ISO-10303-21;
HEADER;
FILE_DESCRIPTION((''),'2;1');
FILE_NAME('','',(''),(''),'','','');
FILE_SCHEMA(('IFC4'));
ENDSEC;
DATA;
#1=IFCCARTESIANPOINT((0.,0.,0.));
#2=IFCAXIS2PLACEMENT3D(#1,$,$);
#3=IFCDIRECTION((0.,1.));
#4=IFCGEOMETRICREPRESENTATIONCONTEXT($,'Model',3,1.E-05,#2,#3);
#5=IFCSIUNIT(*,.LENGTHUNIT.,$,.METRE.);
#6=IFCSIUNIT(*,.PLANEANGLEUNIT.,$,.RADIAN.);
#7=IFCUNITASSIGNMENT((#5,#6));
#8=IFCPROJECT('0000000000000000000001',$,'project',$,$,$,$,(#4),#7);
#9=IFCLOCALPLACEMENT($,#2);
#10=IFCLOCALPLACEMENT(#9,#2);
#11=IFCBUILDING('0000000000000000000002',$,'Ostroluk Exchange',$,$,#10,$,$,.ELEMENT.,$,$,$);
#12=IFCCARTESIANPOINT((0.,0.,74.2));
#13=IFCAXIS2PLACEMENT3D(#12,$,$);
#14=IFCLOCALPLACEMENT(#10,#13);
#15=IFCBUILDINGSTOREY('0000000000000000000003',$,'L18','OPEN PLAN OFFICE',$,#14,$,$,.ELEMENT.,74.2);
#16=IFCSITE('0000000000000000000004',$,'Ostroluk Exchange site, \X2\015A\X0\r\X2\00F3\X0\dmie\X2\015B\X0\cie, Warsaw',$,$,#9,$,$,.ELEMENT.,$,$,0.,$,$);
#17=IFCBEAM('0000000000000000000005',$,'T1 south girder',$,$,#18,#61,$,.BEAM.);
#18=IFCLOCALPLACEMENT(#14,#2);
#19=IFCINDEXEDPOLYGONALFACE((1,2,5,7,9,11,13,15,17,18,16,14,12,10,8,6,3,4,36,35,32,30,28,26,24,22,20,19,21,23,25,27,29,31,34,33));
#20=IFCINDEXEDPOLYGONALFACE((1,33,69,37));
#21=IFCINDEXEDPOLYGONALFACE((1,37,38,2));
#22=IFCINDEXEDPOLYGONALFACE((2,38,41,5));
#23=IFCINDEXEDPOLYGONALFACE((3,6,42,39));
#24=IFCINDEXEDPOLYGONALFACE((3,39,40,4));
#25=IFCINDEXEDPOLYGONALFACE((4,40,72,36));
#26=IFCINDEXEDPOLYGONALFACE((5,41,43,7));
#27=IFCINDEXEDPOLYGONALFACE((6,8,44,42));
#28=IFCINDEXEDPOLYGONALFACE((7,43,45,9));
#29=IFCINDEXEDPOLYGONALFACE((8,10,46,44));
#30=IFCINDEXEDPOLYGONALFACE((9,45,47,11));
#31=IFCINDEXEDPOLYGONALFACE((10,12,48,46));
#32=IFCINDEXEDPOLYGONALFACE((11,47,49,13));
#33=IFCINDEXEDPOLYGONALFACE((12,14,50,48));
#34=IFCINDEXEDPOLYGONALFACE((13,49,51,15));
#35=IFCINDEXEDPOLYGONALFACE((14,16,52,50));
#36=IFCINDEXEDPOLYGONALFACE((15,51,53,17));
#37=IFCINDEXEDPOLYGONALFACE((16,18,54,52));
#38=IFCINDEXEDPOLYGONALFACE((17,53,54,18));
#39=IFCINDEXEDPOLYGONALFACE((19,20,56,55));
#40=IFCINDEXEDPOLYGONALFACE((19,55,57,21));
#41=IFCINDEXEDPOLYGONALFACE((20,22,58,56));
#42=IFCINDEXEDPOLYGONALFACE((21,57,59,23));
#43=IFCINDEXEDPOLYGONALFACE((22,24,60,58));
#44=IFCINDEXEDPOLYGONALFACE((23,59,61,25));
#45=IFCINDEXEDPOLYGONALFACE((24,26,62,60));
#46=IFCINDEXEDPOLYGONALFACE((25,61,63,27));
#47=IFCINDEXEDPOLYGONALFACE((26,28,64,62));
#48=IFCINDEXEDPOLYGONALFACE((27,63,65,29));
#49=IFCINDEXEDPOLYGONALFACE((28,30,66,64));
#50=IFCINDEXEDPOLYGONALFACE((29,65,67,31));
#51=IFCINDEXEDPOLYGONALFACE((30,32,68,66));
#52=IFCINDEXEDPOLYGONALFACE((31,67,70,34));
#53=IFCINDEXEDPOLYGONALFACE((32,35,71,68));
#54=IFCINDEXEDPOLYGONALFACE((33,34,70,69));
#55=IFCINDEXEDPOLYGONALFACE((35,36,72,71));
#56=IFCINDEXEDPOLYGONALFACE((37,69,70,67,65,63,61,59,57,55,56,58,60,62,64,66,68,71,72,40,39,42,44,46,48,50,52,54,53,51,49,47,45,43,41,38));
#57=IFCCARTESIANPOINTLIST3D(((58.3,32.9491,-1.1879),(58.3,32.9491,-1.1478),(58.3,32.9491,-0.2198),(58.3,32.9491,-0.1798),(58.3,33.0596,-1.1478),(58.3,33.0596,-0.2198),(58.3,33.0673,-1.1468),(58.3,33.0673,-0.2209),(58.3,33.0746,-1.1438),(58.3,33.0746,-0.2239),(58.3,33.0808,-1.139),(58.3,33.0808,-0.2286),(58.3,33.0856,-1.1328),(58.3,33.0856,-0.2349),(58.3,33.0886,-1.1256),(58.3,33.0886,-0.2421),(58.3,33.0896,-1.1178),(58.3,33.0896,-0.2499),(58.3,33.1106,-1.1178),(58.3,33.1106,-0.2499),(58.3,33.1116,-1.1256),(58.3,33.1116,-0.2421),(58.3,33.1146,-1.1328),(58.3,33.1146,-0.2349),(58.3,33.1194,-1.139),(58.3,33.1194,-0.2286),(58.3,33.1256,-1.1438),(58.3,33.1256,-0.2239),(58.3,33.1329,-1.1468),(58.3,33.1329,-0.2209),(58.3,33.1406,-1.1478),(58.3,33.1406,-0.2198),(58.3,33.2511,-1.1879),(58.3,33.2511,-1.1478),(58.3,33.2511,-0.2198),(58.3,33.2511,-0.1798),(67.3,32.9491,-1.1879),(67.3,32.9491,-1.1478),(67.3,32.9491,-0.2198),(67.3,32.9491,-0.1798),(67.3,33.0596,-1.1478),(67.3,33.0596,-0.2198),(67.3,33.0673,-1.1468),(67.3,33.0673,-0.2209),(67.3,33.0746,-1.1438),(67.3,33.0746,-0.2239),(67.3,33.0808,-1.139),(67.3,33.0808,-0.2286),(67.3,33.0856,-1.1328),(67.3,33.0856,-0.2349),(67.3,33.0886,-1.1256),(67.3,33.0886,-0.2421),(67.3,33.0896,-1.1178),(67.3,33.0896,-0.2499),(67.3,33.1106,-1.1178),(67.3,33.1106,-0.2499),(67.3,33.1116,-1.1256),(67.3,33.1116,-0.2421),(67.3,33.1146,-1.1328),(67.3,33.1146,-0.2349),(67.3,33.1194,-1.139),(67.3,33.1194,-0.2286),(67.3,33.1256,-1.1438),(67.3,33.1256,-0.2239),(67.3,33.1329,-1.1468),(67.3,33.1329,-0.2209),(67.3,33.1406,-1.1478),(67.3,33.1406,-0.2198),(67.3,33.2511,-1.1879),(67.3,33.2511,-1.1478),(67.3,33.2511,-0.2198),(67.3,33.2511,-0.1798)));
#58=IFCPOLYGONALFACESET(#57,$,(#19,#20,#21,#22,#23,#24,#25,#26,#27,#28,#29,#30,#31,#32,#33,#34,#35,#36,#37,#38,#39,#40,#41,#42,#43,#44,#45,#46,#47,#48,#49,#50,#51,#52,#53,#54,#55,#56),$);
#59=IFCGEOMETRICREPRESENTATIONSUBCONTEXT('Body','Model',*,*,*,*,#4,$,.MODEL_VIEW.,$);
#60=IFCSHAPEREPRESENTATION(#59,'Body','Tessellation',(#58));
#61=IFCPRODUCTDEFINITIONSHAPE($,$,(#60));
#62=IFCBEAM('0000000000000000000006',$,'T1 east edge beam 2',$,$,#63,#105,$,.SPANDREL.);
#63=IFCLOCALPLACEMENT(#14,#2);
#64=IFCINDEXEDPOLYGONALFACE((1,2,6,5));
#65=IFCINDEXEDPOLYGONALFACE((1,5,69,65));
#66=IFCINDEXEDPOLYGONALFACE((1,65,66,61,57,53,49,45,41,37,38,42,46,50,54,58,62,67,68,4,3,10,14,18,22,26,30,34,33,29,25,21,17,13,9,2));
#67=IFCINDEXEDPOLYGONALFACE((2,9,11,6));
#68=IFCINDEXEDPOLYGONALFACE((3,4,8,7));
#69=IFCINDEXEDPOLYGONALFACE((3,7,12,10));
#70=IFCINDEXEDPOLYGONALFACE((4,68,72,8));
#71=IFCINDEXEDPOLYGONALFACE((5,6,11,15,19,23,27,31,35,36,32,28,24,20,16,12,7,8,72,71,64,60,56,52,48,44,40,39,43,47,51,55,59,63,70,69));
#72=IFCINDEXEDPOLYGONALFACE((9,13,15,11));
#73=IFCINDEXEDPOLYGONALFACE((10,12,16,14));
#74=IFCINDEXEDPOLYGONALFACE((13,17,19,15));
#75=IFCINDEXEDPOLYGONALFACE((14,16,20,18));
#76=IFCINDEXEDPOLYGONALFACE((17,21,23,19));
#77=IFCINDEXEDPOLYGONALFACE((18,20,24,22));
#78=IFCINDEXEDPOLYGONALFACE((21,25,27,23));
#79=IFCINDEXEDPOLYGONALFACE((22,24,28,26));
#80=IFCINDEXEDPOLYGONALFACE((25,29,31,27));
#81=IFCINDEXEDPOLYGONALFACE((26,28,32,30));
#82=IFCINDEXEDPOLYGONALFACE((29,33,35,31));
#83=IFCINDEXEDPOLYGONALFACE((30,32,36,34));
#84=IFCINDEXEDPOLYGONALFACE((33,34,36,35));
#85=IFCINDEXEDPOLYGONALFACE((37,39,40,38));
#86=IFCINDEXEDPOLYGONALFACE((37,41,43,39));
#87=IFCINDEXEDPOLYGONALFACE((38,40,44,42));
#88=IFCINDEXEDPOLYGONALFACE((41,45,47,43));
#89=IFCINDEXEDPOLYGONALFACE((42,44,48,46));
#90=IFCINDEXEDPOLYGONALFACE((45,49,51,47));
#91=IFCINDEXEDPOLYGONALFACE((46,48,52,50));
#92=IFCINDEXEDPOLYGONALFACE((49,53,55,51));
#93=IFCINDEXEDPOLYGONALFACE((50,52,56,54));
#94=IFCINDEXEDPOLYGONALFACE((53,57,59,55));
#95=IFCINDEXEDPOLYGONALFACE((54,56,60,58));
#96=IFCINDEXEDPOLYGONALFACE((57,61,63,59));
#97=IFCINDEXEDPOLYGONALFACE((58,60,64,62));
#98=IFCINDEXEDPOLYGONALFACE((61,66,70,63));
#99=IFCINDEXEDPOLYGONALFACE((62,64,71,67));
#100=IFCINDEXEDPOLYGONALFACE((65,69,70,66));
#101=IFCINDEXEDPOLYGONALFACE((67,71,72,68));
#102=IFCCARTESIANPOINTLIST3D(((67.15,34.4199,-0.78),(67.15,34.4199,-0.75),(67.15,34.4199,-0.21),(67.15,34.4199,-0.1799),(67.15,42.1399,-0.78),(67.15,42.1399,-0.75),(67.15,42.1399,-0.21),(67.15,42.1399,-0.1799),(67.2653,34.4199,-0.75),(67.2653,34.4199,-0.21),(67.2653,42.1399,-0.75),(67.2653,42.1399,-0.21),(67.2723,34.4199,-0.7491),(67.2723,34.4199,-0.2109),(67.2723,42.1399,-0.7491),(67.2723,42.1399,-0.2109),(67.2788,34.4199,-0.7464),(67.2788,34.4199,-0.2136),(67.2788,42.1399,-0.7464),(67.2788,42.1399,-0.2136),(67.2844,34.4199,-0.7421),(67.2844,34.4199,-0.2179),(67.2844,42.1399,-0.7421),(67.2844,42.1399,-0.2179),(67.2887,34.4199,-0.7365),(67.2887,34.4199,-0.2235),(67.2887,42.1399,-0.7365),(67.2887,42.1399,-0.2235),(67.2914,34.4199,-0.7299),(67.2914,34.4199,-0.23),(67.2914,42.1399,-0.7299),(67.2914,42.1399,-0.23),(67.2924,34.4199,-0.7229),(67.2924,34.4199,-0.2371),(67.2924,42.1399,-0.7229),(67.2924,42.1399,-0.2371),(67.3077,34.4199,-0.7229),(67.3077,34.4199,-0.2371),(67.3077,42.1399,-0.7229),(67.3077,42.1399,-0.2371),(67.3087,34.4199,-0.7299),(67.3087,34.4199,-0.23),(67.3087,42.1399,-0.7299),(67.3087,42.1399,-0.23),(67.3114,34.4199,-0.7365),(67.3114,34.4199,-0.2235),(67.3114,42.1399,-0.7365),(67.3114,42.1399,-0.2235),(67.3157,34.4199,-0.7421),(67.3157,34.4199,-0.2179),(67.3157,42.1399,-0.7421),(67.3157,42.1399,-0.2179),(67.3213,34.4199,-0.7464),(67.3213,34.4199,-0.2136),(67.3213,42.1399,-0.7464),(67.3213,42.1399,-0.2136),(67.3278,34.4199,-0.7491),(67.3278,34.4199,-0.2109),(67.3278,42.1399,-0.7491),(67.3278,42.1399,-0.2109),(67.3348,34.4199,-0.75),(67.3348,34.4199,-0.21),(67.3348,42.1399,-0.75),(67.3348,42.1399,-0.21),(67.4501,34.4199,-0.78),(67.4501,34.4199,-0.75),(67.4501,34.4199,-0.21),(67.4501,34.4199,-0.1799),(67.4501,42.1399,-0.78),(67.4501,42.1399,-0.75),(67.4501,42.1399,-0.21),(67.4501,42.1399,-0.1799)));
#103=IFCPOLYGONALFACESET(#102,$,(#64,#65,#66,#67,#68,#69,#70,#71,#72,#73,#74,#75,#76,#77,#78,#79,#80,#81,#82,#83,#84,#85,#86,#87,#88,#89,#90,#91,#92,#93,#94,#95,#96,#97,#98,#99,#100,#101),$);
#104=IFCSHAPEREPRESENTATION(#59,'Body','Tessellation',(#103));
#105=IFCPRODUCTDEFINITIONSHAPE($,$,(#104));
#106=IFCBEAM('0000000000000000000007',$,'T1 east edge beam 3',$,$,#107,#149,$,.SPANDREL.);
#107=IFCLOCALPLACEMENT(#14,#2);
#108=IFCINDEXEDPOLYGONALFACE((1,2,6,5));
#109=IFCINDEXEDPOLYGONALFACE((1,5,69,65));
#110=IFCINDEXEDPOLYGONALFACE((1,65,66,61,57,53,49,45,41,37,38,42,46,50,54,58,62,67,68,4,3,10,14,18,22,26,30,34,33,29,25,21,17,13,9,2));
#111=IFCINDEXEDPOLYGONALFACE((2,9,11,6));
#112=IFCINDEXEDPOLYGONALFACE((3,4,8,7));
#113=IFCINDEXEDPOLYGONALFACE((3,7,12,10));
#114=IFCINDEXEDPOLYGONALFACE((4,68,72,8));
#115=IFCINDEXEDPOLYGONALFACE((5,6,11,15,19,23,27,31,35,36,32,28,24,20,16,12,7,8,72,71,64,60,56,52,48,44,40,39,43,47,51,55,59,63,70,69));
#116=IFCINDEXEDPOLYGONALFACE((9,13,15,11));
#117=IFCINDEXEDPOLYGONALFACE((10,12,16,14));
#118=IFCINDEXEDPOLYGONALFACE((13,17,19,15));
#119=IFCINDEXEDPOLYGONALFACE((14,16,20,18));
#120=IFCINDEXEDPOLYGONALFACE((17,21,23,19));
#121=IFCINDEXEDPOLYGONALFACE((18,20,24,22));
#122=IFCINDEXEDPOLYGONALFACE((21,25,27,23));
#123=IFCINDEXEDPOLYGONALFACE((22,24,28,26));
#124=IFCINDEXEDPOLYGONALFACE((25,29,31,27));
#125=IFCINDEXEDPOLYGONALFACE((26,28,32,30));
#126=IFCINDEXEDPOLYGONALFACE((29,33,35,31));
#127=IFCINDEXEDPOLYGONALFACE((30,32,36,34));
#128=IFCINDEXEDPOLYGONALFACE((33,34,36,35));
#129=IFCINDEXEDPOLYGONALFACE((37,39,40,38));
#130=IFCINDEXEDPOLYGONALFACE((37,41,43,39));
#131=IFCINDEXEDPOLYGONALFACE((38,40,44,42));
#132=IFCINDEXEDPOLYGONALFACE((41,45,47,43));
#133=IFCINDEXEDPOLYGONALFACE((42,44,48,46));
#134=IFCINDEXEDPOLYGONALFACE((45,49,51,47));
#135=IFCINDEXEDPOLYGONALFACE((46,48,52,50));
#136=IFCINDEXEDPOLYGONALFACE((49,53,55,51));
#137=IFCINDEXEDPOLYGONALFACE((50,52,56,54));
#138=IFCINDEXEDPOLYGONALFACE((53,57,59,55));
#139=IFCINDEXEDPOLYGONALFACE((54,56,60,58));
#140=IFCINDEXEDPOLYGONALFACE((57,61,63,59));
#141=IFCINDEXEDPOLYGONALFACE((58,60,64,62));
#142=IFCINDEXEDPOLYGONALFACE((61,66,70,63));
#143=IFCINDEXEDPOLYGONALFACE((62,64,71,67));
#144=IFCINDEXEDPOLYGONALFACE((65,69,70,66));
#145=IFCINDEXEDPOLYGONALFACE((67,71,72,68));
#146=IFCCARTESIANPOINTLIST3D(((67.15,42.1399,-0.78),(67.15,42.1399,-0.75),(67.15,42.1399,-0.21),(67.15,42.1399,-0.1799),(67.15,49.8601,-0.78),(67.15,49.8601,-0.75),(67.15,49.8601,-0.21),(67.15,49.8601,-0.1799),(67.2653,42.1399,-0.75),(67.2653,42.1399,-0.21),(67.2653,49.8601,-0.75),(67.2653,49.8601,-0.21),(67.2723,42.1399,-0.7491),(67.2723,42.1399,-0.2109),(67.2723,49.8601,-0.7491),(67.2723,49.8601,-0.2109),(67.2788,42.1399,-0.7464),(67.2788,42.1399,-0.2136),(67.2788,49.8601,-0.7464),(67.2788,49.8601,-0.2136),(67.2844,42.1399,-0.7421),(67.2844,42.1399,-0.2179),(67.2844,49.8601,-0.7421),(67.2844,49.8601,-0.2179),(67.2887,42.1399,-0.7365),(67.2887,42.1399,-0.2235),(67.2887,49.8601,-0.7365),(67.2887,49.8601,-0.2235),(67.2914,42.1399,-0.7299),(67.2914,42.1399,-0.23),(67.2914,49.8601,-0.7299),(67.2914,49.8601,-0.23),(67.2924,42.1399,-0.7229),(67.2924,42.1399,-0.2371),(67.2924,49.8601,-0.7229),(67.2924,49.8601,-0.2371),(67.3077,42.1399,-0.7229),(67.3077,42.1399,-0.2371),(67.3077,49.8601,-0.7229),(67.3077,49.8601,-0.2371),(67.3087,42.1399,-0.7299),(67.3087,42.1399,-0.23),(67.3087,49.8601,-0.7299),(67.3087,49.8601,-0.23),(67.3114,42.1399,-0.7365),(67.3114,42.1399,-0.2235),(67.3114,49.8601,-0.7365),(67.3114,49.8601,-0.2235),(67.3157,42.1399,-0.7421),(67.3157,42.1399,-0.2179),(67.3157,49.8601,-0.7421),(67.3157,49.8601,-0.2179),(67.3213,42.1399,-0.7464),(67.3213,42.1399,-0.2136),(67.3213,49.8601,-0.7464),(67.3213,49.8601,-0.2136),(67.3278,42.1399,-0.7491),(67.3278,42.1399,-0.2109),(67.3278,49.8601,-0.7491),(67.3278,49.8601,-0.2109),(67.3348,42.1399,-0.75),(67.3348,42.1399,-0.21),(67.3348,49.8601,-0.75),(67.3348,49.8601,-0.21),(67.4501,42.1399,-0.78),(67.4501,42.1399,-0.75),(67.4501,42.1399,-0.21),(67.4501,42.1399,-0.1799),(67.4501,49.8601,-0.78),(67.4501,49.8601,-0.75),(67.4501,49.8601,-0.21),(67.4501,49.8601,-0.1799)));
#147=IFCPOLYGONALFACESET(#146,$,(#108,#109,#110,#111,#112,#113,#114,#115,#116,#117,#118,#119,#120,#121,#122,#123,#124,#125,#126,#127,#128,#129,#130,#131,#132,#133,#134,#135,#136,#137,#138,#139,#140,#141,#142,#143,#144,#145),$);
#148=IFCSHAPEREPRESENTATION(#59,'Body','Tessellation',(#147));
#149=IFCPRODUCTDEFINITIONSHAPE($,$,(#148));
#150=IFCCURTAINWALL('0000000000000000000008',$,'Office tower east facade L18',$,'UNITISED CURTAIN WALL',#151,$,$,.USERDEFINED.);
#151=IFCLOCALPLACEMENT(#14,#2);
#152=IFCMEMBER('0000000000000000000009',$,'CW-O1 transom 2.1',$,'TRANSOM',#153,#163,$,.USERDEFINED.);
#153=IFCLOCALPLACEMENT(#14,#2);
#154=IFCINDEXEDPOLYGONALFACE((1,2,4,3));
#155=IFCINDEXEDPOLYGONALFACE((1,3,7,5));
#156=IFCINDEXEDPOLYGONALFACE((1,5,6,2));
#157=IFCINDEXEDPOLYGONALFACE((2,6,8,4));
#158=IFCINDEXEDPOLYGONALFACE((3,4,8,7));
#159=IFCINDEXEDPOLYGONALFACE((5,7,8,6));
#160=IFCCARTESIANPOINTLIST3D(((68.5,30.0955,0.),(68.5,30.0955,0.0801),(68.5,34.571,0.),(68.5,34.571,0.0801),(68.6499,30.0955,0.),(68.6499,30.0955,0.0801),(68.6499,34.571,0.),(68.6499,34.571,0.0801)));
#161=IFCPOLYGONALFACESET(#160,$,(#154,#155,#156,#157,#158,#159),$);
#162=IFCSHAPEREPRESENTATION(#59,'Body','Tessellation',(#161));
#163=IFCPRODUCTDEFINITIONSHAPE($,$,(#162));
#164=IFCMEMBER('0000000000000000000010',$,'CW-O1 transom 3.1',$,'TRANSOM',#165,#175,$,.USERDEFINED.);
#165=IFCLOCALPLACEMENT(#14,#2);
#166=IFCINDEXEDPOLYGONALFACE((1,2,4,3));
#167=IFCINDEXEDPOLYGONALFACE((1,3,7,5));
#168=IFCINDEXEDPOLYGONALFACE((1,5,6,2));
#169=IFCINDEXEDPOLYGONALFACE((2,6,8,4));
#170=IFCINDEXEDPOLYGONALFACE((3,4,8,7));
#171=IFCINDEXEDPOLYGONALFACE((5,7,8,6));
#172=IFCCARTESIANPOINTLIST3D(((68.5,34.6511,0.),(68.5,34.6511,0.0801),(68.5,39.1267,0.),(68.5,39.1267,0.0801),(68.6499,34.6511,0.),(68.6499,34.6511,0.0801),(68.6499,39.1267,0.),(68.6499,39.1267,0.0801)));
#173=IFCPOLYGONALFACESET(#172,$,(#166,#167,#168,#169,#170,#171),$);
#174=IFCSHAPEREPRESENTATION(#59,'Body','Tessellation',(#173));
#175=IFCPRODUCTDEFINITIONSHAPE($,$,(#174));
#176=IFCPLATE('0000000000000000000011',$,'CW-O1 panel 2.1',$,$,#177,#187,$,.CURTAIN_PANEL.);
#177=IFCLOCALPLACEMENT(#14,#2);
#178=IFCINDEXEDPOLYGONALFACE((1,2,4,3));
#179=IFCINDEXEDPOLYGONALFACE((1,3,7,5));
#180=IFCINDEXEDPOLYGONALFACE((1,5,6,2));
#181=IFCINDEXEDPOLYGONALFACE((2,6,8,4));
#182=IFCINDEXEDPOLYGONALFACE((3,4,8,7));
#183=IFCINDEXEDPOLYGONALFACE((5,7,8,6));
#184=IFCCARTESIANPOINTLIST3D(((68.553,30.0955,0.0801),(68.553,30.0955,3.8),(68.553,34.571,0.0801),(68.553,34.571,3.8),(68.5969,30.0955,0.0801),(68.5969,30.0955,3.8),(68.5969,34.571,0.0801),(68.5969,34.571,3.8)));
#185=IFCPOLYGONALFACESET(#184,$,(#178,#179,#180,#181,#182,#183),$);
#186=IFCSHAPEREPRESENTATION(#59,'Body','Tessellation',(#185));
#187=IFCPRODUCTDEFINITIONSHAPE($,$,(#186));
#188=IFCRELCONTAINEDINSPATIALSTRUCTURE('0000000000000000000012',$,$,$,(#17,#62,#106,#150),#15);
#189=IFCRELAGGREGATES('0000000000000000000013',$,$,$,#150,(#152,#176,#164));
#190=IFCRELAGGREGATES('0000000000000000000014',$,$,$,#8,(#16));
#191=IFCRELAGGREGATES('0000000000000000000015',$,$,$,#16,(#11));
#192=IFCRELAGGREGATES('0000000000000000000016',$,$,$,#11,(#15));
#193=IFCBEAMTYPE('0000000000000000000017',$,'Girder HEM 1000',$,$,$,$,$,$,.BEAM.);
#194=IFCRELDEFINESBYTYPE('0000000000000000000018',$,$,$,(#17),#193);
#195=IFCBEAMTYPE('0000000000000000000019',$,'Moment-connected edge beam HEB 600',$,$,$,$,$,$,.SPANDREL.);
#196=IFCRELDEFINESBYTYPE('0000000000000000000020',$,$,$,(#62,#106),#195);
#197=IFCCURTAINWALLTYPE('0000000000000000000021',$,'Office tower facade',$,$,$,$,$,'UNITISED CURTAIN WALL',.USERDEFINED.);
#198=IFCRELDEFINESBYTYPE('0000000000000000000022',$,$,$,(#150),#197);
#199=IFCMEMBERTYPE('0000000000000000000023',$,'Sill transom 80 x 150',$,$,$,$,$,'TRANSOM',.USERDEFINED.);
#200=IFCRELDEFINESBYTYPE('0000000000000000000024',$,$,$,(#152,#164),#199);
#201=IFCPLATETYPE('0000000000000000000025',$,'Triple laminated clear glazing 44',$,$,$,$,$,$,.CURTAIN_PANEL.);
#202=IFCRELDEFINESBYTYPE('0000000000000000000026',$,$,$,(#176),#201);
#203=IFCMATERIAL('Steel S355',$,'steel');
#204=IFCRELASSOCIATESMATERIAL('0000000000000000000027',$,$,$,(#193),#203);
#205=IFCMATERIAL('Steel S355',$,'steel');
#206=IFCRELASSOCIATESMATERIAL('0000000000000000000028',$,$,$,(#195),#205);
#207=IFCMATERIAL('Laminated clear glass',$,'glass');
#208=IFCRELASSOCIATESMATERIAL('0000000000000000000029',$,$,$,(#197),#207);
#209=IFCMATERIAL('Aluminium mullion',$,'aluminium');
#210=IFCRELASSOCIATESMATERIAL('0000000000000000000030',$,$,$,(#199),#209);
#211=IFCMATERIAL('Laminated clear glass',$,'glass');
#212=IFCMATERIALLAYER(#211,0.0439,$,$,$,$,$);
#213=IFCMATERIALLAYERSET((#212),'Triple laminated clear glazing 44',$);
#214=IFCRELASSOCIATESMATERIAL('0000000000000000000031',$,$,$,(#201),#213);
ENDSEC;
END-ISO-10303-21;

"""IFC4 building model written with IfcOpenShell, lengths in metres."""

from ifc_helpers import new_model, si_unit, direction, frame, origin, origin_2d, place, context, subcontext, project, spatial, rectangle, i_section, extrude, material, layer, layer_set, material_profile, profile_set, type_object, element, aggregate, save


model = new_model("IFC4")

# Units and contexts
model_context = context("Model", 3, precision=1e-05, world=origin(), true_north=direction((0.0, 1.0)))
body_context = subcontext(model_context, "Body", "Model", "MODEL_VIEW")
ifc_project = project(units=[si_unit("LENGTHUNIT", "METRE"), si_unit("PLANEANGLEUNIT", "RADIAN")], contexts=[model_context])

# Site, building, storey
site_placement = place(None, origin())
site = spatial("IfcSite", under=ifc_project, at=site_placement, Name="Ostroluk Exchange site, Śródmieście, Warsaw", CompositionType="ELEMENT", RefElevation=0.0)
building_placement = place(site_placement, origin())
building = spatial("IfcBuilding", under=site, at=building_placement, Name="Ostroluk Exchange", CompositionType="ELEMENT")
storey_placement = place(building_placement, frame((0.0, 0.0, 74.2)))
storey = spatial("IfcBuildingStorey", under=building, at=storey_placement, Name="L18", Description="OPEN PLAN OFFICE", CompositionType="ELEMENT", Elevation=74.2)

# Beams
ifc_material_1 = material(Name="Steel S355", Category="steel")
ifc_material_profile_1 = material_profile(ifc_material_1, i_section(OverallWidth=0.302, OverallDepth=1.0081, WebThickness=0.021, FlangeThickness=0.04, FilletRadius=0.03, at=origin_2d()), Name="HEM 1000")
ifc_profile_set_1 = profile_set([ifc_material_profile_1], Name="Steel S355")
beam_type_1 = type_object("IfcBeamType", Name="Girder HEM 1000", PredefinedType="BEAM", material=ifc_profile_set_1)
beam_1_placement = place(storey_placement, frame((58.3, 33.1001, -0.6838), z_axis=(1.0, 0.0, 0.0), x_axis=(0.0, 1.0, 0.0)))
element("IfcBeam", 1, at=beam_1_placement, inside=storey, type_object=beam_type_1, Name="T1 south girder", PredefinedType="BEAM", context=body_context, shape_type="SweptSolid", body=[
    extrude(i_section(OverallWidth=0.302, OverallDepth=1.0081, WebThickness=0.021, FlangeThickness=0.04, FilletRadius=0.03, at=origin_2d()), origin(), (0.0, 0.0, 1.0), 9.0),
])
ifc_material_2 = material(Name="Steel S355", Category="steel")
ifc_material_profile_2 = material_profile(ifc_material_2, i_section(OverallWidth=0.3, OverallDepth=0.6001, WebThickness=0.0154, FlangeThickness=0.03, FilletRadius=0.0271, at=origin_2d()), Name="HEB 600")
ifc_profile_set_2 = profile_set([ifc_material_profile_2], Name="Steel S355")
beam_type_2 = type_object("IfcBeamType", Name="Moment-connected edge beam HEB 600", PredefinedType="SPANDREL", material=ifc_profile_set_2)
beam_2_placement = place(storey_placement, frame((67.3, 34.4199, -0.48), z_axis=(0.0, 1.0, 0.0), x_axis=(-1.0, 0.0, 0.0)))
element("IfcBeam", 2, at=beam_2_placement, inside=storey, type_object=beam_type_2, Name="T1 east edge beam 2", PredefinedType="SPANDREL", context=body_context, shape_type="SweptSolid", body=[
    extrude(i_section(OverallWidth=0.3, OverallDepth=0.6001, WebThickness=0.0154, FlangeThickness=0.03, FilletRadius=0.0271, at=origin_2d()), origin(), (0.0, 0.0, 1.0), 7.72),
])
beam_3_placement = place(storey_placement, frame((67.3, 42.1399, -0.48), z_axis=(0.0, 1.0, 0.0), x_axis=(-1.0, 0.0, 0.0)))
element("IfcBeam", 3, at=beam_3_placement, inside=storey, type_object=beam_type_2, Name="T1 east edge beam 3", PredefinedType="SPANDREL", context=body_context, shape_type="SweptSolid", body=[
    extrude(i_section(OverallWidth=0.3, OverallDepth=0.6001, WebThickness=0.0154, FlangeThickness=0.03, FilletRadius=0.0271, at=origin_2d()), origin(), (0.0, 0.0, 1.0), 7.7202),
])

# Curtain wall, members, plate
ifc_material_3 = material(Name="Laminated clear glass", Category="glass")
curtain_wall_type = type_object("IfcCurtainWallType", Name="Office tower facade", ElementType="UNITISED CURTAIN WALL", PredefinedType="USERDEFINED", material=ifc_material_3)
curtain_wall_placement = place(storey_placement, origin())
curtain_wall = element("IfcCurtainWall", 4, at=curtain_wall_placement, inside=storey, type_object=curtain_wall_type, Name="Office tower east facade L18", ObjectType="UNITISED CURTAIN WALL", PredefinedType="USERDEFINED")
ifc_material_4 = material(Name="Aluminium mullion", Category="aluminium")
ifc_material_profile_3 = material_profile(ifc_material_4, rectangle(XDim=0.1499, YDim=0.0801, at=origin_2d()), Name="Sill transom 80 x 150")
ifc_profile_set_3 = profile_set([ifc_material_profile_3], Name="Aluminium mullion")
member_type = type_object("IfcMemberType", Name="Sill transom 80 x 150", ElementType="TRANSOM", PredefinedType="USERDEFINED", material=ifc_profile_set_3)
member_1_placement = place(storey_placement, frame((68.575, 30.0955, 0.04), z_axis=(0.0, 1.0, 0.0), x_axis=(-1.0, 0.0, 0.0)))
member_1 = element("IfcMember", 5, at=member_1_placement, type_object=member_type, Name="CW-O1 transom 2.1", ObjectType="TRANSOM", PredefinedType="USERDEFINED", context=body_context, shape_type="SweptSolid", body=[
    extrude(rectangle(XDim=0.1499, YDim=0.0801, at=origin_2d()), origin(), (0.0, 0.0, 1.0), 4.4756),
])
member_2_placement = place(storey_placement, frame((68.575, 34.6511, 0.04), z_axis=(0.0, 1.0, 0.0), x_axis=(-1.0, 0.0, 0.0)))
member_2 = element("IfcMember", 6, at=member_2_placement, type_object=member_type, Name="CW-O1 transom 3.1", ObjectType="TRANSOM", PredefinedType="USERDEFINED", context=body_context, shape_type="SweptSolid", body=[
    extrude(rectangle(XDim=0.1499, YDim=0.0801, at=origin_2d()), origin(), (0.0, 0.0, 1.0), 4.4756),
])
ifc_material_5 = material(Name="Laminated clear glass", Category="glass")
ifc_layer_1 = layer(ifc_material_5, 0.0439)
ifc_layer_set_1 = layer_set([ifc_layer_1], Name="Triple laminated clear glazing 44")
plate_type = type_object("IfcPlateType", Name="Triple laminated clear glazing 44", PredefinedType="CURTAIN_PANEL", material=ifc_layer_set_1)
plate_1_placement = place(storey_placement, frame((68.575, 32.3333, 0.0801), z_axis=(0.0, 0.0, 1.0), x_axis=(0.0, 1.0, 0.0)))
plate_1 = element("IfcPlate", 7, at=plate_1_placement, type_object=plate_type, Name="CW-O1 panel 2.1", PredefinedType="CURTAIN_PANEL", context=body_context, shape_type="SweptSolid", body=[
    extrude(rectangle(XDim=4.4756, YDim=0.0439, at=origin_2d()), origin(), (0.0, 0.0, 1.0), 3.72),
])
aggregate(curtain_wall, [member_1, plate_1, member_2])

save(model, "model.ifc")
